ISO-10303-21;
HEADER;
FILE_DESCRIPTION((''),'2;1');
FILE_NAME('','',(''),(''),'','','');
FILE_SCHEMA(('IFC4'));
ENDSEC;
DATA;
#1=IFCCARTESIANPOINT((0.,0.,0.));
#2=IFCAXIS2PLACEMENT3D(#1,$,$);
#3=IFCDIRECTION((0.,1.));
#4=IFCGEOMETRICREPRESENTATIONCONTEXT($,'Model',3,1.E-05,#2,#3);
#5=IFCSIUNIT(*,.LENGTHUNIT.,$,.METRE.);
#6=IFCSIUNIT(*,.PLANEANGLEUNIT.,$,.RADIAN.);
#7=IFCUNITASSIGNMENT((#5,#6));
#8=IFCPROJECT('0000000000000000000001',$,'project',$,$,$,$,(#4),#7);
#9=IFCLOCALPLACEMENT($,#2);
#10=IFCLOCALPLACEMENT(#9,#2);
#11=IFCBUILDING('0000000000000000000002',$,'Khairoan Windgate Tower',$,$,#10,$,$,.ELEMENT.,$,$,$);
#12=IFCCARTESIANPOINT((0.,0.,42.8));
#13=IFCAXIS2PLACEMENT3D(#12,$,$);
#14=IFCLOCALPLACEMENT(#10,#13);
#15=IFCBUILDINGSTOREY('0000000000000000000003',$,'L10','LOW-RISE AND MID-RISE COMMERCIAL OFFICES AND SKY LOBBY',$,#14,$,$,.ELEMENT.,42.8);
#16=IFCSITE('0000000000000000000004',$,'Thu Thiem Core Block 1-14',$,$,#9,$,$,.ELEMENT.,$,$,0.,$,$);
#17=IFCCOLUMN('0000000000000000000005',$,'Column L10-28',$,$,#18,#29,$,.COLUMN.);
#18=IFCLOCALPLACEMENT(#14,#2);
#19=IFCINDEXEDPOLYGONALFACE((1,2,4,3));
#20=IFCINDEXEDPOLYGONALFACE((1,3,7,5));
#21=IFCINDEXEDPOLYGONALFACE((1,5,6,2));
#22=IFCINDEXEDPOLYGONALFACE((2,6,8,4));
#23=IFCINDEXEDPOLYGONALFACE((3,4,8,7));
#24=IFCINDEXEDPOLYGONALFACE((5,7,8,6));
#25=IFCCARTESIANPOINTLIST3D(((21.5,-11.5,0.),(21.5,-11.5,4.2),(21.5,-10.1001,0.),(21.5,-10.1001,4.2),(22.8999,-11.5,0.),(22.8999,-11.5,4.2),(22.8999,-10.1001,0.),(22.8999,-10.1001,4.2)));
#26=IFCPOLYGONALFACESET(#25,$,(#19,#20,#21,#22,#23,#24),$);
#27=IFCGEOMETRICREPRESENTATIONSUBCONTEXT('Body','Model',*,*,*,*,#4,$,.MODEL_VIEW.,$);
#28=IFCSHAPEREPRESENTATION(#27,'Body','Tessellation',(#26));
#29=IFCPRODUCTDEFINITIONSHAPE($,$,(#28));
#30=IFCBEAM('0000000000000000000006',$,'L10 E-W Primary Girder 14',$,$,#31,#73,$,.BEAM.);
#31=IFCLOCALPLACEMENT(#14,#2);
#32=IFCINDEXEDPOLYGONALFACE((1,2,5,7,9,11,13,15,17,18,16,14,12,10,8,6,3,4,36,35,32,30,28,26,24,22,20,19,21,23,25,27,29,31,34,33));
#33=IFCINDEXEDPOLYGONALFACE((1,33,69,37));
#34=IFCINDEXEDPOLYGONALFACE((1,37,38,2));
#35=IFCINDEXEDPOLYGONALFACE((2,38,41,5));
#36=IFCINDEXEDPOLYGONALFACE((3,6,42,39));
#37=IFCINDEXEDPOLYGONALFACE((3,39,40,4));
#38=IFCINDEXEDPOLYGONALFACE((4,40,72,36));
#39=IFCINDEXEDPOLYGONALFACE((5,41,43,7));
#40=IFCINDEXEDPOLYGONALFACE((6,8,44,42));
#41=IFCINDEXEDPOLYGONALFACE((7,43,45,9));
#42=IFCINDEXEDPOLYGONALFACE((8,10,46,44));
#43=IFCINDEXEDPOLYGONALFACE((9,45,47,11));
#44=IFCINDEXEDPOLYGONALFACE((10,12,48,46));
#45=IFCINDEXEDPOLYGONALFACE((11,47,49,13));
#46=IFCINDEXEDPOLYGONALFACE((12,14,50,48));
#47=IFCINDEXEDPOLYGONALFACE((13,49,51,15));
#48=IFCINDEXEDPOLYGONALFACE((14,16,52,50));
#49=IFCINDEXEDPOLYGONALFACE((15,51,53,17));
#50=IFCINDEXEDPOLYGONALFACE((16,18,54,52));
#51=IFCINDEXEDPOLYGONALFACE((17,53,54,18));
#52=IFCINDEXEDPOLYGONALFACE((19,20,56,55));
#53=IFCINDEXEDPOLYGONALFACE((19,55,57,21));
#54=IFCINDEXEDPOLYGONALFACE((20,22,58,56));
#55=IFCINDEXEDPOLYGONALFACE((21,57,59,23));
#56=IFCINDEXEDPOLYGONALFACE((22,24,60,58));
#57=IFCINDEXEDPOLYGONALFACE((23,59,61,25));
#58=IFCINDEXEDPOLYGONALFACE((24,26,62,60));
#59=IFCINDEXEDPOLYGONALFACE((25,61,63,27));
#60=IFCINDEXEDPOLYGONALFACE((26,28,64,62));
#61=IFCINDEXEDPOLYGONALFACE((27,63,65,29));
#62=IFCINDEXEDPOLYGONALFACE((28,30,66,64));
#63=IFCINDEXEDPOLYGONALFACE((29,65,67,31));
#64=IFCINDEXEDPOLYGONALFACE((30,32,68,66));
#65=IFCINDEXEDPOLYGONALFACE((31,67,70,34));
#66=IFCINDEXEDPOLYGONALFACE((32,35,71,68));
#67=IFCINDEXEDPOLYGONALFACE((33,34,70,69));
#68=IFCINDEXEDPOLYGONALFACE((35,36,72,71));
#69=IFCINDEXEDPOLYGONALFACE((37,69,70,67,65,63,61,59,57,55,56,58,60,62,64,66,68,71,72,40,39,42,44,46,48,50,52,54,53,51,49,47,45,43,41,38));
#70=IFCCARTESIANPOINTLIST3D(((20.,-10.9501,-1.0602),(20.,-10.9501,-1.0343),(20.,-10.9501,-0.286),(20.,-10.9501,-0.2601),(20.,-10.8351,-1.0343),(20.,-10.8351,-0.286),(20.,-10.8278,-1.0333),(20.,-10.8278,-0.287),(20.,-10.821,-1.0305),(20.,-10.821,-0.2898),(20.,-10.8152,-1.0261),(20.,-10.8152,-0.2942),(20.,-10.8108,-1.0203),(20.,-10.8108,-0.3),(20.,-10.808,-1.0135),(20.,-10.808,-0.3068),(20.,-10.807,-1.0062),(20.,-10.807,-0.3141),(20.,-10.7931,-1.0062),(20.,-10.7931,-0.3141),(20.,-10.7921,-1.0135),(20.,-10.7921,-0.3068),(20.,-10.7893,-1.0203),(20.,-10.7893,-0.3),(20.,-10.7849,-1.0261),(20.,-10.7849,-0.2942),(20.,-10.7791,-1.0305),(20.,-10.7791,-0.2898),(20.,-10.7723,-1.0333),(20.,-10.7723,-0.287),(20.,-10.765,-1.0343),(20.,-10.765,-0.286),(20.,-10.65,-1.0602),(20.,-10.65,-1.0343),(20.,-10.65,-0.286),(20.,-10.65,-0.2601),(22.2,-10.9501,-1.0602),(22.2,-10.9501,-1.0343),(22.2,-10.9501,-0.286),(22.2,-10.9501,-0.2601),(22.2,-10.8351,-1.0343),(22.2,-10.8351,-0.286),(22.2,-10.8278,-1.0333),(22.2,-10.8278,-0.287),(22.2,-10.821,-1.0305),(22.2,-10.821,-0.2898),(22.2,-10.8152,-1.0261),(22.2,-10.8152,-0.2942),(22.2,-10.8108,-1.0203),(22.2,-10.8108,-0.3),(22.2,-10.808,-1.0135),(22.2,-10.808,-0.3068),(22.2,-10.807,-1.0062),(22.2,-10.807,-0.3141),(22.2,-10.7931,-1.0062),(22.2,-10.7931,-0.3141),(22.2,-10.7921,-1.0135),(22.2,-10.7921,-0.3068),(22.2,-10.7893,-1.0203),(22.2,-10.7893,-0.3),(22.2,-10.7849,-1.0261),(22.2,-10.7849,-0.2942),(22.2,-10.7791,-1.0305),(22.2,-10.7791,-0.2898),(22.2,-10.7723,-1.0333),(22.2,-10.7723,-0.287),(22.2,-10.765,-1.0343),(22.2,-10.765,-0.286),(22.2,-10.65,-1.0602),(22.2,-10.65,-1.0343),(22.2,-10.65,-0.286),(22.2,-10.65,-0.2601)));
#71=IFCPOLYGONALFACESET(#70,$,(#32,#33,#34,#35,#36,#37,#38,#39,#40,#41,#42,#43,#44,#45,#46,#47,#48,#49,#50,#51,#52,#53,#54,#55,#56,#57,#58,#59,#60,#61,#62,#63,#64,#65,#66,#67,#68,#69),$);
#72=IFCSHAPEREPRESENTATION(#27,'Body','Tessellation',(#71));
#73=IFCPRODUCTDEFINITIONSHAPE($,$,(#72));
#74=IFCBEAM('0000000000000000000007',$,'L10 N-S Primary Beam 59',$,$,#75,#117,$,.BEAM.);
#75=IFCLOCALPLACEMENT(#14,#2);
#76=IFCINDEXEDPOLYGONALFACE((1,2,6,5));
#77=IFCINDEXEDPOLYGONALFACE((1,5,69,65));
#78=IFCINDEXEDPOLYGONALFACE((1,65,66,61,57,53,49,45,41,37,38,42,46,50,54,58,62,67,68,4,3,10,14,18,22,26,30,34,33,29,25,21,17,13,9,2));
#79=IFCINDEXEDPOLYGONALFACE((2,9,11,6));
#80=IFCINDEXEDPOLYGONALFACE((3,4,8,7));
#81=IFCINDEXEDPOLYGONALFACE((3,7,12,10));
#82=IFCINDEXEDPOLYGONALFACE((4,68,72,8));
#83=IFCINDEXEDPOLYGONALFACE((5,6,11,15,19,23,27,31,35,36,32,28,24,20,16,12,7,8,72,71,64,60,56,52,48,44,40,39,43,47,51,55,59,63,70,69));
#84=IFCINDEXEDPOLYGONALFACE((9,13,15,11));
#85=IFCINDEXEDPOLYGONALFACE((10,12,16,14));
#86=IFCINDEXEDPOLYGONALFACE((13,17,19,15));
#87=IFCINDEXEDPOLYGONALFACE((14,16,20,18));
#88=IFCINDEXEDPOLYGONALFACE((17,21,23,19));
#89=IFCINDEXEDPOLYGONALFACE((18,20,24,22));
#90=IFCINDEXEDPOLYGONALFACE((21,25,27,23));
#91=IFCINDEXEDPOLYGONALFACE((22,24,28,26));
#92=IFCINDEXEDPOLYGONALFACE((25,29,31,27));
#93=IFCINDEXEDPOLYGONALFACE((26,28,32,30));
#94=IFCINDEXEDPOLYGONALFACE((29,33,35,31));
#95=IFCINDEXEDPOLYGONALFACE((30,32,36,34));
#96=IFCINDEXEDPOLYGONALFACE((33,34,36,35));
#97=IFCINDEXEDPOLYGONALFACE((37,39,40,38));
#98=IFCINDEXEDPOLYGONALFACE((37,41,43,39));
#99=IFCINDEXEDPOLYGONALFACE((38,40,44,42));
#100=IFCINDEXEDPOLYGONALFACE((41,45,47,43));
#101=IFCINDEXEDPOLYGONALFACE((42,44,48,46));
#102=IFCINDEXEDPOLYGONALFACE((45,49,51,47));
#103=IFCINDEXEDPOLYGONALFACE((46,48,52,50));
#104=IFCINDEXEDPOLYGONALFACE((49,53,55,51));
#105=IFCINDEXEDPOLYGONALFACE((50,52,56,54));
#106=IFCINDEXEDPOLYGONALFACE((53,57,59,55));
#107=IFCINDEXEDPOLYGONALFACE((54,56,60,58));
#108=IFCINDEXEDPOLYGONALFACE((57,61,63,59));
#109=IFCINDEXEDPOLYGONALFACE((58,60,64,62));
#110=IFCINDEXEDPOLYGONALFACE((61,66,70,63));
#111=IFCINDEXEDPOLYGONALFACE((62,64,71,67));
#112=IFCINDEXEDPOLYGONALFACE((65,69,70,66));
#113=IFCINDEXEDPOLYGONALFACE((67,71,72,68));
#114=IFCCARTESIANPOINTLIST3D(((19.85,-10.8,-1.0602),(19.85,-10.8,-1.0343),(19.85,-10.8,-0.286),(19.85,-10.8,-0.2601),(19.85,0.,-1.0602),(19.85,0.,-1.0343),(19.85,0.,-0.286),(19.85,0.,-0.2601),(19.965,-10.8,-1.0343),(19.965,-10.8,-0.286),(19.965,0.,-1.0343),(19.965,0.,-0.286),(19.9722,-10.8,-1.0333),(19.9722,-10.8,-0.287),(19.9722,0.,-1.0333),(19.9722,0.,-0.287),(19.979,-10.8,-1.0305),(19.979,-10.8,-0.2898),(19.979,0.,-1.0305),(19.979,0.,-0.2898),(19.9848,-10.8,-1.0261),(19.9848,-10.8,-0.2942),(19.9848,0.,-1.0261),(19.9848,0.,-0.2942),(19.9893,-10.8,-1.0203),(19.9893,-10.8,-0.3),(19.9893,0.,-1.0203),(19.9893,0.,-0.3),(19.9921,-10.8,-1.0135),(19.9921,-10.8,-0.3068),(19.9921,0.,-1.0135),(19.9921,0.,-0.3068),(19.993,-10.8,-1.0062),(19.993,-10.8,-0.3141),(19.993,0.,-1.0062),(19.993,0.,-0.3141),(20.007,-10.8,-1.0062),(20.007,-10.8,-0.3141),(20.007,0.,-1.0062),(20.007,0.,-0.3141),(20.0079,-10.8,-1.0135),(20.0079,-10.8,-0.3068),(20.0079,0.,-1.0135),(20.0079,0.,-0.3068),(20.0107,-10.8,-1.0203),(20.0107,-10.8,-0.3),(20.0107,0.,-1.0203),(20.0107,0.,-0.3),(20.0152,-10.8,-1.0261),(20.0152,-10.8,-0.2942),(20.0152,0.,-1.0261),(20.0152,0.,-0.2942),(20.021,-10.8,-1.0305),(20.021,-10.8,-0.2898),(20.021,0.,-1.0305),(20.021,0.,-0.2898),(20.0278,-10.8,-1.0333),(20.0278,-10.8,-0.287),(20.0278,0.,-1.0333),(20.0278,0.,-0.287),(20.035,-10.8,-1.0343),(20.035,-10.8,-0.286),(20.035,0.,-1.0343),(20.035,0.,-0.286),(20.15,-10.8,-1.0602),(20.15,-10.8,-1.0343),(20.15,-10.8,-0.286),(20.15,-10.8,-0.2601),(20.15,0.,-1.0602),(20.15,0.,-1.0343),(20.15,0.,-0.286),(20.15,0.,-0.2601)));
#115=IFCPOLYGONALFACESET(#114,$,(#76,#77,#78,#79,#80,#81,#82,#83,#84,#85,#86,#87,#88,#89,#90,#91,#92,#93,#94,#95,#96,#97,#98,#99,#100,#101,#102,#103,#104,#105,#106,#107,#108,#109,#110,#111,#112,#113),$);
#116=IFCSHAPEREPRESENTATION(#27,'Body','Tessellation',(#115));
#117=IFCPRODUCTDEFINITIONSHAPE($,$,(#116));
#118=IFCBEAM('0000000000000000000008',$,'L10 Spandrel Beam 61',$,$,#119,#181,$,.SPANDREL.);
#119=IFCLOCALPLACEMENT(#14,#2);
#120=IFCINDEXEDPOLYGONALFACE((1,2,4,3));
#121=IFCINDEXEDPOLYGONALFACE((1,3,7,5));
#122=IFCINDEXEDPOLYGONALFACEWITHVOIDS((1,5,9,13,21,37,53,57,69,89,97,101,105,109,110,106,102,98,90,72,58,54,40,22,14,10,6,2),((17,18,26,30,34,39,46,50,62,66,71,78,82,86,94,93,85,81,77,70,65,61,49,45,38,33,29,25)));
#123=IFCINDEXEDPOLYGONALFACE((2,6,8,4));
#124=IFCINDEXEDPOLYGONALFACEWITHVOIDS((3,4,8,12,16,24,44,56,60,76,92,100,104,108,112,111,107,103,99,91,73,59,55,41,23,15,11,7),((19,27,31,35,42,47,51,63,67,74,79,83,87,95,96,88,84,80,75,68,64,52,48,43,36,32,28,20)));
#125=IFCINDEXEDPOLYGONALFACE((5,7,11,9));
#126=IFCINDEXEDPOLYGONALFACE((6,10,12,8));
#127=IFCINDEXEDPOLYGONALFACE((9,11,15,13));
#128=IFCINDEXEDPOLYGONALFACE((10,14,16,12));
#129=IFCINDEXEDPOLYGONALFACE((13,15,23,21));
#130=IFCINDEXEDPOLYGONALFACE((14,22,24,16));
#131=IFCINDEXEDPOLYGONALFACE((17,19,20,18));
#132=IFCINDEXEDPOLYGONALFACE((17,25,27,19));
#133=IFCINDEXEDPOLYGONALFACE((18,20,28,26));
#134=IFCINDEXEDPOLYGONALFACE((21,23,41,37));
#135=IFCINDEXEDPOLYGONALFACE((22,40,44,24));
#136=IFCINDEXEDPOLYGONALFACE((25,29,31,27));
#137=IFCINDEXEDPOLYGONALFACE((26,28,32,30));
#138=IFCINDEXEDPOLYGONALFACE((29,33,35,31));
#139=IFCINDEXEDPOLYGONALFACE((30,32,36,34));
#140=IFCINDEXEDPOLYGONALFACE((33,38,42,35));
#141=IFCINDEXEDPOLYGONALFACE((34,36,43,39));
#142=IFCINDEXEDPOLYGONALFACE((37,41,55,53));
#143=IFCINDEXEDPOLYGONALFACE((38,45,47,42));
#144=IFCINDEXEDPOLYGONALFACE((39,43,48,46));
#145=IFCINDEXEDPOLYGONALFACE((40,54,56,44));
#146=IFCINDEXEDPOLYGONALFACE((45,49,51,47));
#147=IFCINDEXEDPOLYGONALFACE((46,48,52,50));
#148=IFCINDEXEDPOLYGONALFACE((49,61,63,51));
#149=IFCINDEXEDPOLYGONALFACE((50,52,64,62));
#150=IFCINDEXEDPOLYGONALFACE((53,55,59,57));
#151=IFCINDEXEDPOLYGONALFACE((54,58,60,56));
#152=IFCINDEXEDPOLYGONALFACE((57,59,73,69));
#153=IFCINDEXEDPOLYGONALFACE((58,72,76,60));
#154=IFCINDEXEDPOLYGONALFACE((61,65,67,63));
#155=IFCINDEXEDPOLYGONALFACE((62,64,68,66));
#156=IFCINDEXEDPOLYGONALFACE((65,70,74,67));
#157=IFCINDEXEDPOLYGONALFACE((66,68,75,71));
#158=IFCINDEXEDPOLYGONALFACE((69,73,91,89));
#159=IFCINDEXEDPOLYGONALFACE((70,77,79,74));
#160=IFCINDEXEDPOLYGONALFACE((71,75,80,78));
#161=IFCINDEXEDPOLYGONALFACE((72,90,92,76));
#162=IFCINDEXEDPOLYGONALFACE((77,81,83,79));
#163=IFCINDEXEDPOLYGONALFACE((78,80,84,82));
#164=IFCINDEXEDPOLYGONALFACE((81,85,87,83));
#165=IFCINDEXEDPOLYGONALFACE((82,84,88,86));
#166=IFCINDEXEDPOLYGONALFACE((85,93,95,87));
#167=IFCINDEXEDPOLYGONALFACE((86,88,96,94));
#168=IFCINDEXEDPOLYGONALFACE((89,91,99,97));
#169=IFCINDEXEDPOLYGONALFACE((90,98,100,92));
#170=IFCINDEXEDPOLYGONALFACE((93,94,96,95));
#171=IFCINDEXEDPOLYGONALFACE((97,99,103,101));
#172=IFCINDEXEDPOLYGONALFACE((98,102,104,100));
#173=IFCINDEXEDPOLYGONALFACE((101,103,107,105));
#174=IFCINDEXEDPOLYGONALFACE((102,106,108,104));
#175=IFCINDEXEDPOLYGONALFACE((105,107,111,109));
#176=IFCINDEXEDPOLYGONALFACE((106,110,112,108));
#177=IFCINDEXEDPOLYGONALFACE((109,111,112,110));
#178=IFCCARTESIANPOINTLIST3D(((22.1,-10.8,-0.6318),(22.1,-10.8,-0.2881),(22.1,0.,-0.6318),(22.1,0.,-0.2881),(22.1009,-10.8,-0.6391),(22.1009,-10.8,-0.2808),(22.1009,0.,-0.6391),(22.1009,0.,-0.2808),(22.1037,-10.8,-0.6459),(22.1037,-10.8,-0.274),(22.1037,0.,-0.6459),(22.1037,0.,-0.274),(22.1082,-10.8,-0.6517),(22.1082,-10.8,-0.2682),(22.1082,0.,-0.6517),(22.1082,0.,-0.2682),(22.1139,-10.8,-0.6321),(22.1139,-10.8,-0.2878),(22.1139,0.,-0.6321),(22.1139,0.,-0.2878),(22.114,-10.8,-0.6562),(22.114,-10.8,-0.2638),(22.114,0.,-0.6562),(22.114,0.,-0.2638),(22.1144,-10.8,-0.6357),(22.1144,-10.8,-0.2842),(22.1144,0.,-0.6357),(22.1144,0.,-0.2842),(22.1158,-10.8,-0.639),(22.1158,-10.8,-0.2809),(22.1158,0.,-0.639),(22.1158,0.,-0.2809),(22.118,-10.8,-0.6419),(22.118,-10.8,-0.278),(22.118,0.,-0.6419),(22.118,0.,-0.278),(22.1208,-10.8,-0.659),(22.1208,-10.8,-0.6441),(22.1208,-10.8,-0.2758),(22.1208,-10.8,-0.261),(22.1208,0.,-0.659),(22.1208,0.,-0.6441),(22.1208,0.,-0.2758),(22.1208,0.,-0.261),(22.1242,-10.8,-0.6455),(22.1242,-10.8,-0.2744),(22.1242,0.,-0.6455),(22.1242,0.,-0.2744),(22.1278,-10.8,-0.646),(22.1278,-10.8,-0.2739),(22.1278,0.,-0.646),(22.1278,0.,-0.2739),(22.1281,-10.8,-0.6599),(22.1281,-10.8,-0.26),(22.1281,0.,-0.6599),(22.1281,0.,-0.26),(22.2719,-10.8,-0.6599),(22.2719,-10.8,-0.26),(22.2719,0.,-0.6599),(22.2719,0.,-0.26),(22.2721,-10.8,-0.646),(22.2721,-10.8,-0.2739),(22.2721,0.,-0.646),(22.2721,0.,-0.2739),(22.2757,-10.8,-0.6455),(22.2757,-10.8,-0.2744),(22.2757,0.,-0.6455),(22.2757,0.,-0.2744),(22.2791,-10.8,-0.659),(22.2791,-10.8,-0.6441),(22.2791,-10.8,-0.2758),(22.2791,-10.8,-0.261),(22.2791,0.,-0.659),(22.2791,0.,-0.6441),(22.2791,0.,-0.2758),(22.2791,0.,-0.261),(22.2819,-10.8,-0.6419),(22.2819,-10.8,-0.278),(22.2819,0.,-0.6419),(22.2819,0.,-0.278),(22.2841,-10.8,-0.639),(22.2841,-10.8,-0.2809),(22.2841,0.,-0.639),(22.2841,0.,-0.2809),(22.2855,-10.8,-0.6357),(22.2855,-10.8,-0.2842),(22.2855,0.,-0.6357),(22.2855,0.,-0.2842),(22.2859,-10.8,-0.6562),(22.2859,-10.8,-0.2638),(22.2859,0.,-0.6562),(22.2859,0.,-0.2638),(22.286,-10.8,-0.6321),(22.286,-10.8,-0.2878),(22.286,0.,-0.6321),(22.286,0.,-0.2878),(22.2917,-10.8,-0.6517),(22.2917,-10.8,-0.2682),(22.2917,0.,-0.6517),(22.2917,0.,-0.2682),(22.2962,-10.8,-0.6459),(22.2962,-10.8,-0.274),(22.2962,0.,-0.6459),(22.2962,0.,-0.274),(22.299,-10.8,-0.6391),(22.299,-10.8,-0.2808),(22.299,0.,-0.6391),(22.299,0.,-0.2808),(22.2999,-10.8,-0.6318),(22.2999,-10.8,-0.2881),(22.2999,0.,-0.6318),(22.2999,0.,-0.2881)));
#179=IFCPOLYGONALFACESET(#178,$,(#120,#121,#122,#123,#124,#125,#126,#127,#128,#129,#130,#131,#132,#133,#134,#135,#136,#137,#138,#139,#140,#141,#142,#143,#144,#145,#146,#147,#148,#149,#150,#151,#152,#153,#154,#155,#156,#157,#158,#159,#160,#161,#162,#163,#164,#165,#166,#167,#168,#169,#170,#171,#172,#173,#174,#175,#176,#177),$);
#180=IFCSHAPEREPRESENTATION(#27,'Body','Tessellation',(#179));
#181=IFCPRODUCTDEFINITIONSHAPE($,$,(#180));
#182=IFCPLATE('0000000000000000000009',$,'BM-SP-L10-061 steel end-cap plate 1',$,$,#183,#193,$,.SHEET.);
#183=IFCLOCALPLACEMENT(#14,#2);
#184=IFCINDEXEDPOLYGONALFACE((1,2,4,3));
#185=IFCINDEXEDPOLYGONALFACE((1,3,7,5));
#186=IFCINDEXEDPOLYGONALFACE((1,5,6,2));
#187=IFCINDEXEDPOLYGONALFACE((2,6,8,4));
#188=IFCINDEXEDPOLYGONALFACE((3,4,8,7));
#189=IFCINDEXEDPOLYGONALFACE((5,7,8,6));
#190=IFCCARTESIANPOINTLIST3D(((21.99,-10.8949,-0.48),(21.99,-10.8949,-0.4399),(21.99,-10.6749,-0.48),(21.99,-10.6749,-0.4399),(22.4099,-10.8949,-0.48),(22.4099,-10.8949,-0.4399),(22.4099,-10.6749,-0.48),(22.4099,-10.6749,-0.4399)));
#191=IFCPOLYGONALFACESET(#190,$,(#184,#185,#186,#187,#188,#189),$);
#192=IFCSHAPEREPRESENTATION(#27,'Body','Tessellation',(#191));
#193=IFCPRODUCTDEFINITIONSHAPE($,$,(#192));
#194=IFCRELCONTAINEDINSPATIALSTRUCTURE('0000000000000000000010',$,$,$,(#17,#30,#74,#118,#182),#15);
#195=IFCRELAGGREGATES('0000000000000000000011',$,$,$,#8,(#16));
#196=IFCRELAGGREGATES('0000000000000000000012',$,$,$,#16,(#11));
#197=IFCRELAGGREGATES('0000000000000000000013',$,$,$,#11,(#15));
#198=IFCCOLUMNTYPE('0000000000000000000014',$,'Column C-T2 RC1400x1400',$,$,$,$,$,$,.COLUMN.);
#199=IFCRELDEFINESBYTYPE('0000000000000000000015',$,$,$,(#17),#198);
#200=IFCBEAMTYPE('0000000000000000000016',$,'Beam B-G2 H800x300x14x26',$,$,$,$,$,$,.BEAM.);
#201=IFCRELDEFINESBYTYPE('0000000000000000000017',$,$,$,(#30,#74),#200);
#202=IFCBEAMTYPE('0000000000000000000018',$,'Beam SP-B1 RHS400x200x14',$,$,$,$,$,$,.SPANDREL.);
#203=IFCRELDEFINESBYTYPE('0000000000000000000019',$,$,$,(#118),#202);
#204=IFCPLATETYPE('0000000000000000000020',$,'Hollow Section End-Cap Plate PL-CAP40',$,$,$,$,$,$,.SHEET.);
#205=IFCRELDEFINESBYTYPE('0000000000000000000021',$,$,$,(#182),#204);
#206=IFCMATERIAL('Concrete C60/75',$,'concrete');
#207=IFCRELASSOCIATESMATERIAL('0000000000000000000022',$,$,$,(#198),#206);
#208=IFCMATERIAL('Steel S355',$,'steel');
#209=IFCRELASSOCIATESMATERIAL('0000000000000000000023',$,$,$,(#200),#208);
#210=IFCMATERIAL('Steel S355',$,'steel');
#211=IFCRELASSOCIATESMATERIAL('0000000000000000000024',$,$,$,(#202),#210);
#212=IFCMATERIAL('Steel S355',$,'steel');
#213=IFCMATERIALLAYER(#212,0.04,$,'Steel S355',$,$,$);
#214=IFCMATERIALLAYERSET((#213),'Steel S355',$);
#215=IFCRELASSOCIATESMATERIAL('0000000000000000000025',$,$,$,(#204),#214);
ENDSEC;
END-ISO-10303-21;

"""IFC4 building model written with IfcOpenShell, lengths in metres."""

from ifc_helpers import new_model, si_unit, direction, frame, origin, origin_2d, place, context, subcontext, project, spatial, rectangle, hollow_rectangle, i_section, extrude, material, layer, layer_set, material_profile, profile_set, type_object, element, save


model = new_model("IFC4")

# Units and contexts
model_context = context("Model", 3, precision=1e-05, world=origin(), true_north=direction((0.0, 1.0)))
body_context = subcontext(model_context, "Body", "Model", "MODEL_VIEW")
ifc_project = project(units=[si_unit("LENGTHUNIT", "METRE"), si_unit("PLANEANGLEUNIT", "RADIAN")], contexts=[model_context])

# Site, building, storey
site_placement = place(None, origin())
site = spatial("IfcSite", under=ifc_project, at=site_placement, Name="Thu Thiem Core Block 1-14", CompositionType="ELEMENT", RefElevation=0.0)
building_placement = place(site_placement, origin())
building = spatial("IfcBuilding", under=site, at=building_placement, Name="Khairoan Windgate Tower", CompositionType="ELEMENT")
storey_placement = place(building_placement, frame((0.0, 0.0, 42.8)))
storey = spatial("IfcBuildingStorey", under=building, at=storey_placement, Name="L10", Description="LOW-RISE AND MID-RISE COMMERCIAL OFFICES AND SKY LOBBY", CompositionType="ELEMENT", Elevation=42.8)

# Column
ifc_material_1 = material(Name="Concrete C60/75", Category="concrete")
ifc_material_profile_1 = material_profile(ifc_material_1, rectangle(XDim=1.3999, YDim=1.3999, at=origin_2d()))
ifc_profile_set_1 = profile_set([ifc_material_profile_1], Name="Concrete C60/75")
column_type = type_object("IfcColumnType", Name="Column C-T2 RC1400x1400", PredefinedType="COLUMN", material=ifc_profile_set_1)
column_placement = place(storey_placement, frame((22.2, -10.8, 0.0), z_axis=(0.0, 0.0, 1.0), x_axis=(1.0, 0.0, 0.0)))
element("IfcColumn", 1, at=column_placement, inside=storey, type_object=column_type, Name="Column L10-28", PredefinedType="COLUMN", context=body_context, shape_type="SweptSolid", body=[
    extrude(rectangle(XDim=1.3999, YDim=1.3999, at=origin_2d()), origin(), (0.0, 0.0, 1.0), 4.2),
])

# Beams
ifc_material_2 = material(Name="Steel S355", Category="steel")
ifc_material_profile_2 = material_profile(ifc_material_2, i_section(OverallWidth=0.3, OverallDepth=0.8, WebThickness=0.0139, FlangeThickness=0.0259, FilletRadius=0.0281, at=origin_2d()))
ifc_profile_set_2 = profile_set([ifc_material_profile_2], Name="Steel S355")
beam_type_1 = type_object("IfcBeamType", Name="Beam B-G2 H800x300x14x26", PredefinedType="BEAM", material=ifc_profile_set_2)
beam_1_placement = place(storey_placement, frame((20.0, -10.8, -0.6602), z_axis=(1.0, 0.0, 0.0), x_axis=(0.0, 1.0, 0.0)))
element("IfcBeam", 2, at=beam_1_placement, inside=storey, type_object=beam_type_1, Name="L10 E-W Primary Girder 14", PredefinedType="BEAM", context=body_context, shape_type="SweptSolid", body=[
    extrude(i_section(OverallWidth=0.3, OverallDepth=0.8, WebThickness=0.0139, FlangeThickness=0.0259, FilletRadius=0.0281, at=origin_2d()), origin(), (0.0, 0.0, 1.0), 2.2),
])
beam_2_placement = place(storey_placement, frame((20.0, -10.8, -0.6602), z_axis=(0.0, 1.0, 0.0), x_axis=(-1.0, 0.0, 0.0)))
element("IfcBeam", 3, at=beam_2_placement, inside=storey, type_object=beam_type_1, Name="L10 N-S Primary Beam 59", PredefinedType="BEAM", context=body_context, shape_type="SweptSolid", body=[
    extrude(i_section(OverallWidth=0.3, OverallDepth=0.8, WebThickness=0.0139, FlangeThickness=0.0259, FilletRadius=0.0281, at=origin_2d()), origin(), (0.0, 0.0, 1.0), 10.8),
])
ifc_material_3 = material(Name="Steel S355", Category="steel")
ifc_material_profile_3 = material_profile(ifc_material_3, hollow_rectangle(XDim=0.2, YDim=0.3999, WallThickness=0.0139, InnerFilletRadius=0.0139, OuterFilletRadius=0.0281, at=origin_2d()))
ifc_profile_set_3 = profile_set([ifc_material_profile_3], Name="Steel S355")
beam_type_2 = type_object("IfcBeamType", Name="Beam SP-B1 RHS400x200x14", PredefinedType="SPANDREL", material=ifc_profile_set_3)
beam_3_placement = place(storey_placement, frame((22.2, -10.8, -0.46), z_axis=(0.0, 1.0, 0.0), x_axis=(-1.0, 0.0, 0.0)))
element("IfcBeam", 4, at=beam_3_placement, inside=storey, type_object=beam_type_2, Name="L10 Spandrel Beam 61", PredefinedType="SPANDREL", context=body_context, shape_type="SweptSolid", body=[
    extrude(hollow_rectangle(XDim=0.2, YDim=0.3999, WallThickness=0.0139, InnerFilletRadius=0.0139, OuterFilletRadius=0.0281, at=origin_2d()), origin(), (0.0, 0.0, 1.0), 10.8),
])

# Plate
ifc_material_4 = material(Name="Steel S355", Category="steel")
ifc_layer_1 = layer(ifc_material_4, 0.04, Name="Steel S355")
ifc_layer_set_1 = layer_set([ifc_layer_1], Name="Steel S355")
plate_type = type_object("IfcPlateType", Name="Hollow Section End-Cap Plate PL-CAP40", PredefinedType="SHEET", material=ifc_layer_set_1)
for number, where, z_axis, x_axis, name in (
    (5, (22.2, -10.7849, -0.48), (0.0, 0.0, 1.0), (0.0, 1.0, 0.0), "BM-SP-L10-061 steel end-cap plate 1"),
):
    element("IfcPlate", number, at=place(storey_placement, frame(where, z_axis=z_axis, x_axis=x_axis)), inside=storey, type_object=plate_type, Name=name, PredefinedType="SHEET", context=body_context, shape_type="SweptSolid", body=[
        extrude(rectangle(XDim=0.22, YDim=0.4199, at=origin_2d()), origin(), (0.0, 0.0, 1.0), 0.04),
    ])

save(model, "model.ifc")
